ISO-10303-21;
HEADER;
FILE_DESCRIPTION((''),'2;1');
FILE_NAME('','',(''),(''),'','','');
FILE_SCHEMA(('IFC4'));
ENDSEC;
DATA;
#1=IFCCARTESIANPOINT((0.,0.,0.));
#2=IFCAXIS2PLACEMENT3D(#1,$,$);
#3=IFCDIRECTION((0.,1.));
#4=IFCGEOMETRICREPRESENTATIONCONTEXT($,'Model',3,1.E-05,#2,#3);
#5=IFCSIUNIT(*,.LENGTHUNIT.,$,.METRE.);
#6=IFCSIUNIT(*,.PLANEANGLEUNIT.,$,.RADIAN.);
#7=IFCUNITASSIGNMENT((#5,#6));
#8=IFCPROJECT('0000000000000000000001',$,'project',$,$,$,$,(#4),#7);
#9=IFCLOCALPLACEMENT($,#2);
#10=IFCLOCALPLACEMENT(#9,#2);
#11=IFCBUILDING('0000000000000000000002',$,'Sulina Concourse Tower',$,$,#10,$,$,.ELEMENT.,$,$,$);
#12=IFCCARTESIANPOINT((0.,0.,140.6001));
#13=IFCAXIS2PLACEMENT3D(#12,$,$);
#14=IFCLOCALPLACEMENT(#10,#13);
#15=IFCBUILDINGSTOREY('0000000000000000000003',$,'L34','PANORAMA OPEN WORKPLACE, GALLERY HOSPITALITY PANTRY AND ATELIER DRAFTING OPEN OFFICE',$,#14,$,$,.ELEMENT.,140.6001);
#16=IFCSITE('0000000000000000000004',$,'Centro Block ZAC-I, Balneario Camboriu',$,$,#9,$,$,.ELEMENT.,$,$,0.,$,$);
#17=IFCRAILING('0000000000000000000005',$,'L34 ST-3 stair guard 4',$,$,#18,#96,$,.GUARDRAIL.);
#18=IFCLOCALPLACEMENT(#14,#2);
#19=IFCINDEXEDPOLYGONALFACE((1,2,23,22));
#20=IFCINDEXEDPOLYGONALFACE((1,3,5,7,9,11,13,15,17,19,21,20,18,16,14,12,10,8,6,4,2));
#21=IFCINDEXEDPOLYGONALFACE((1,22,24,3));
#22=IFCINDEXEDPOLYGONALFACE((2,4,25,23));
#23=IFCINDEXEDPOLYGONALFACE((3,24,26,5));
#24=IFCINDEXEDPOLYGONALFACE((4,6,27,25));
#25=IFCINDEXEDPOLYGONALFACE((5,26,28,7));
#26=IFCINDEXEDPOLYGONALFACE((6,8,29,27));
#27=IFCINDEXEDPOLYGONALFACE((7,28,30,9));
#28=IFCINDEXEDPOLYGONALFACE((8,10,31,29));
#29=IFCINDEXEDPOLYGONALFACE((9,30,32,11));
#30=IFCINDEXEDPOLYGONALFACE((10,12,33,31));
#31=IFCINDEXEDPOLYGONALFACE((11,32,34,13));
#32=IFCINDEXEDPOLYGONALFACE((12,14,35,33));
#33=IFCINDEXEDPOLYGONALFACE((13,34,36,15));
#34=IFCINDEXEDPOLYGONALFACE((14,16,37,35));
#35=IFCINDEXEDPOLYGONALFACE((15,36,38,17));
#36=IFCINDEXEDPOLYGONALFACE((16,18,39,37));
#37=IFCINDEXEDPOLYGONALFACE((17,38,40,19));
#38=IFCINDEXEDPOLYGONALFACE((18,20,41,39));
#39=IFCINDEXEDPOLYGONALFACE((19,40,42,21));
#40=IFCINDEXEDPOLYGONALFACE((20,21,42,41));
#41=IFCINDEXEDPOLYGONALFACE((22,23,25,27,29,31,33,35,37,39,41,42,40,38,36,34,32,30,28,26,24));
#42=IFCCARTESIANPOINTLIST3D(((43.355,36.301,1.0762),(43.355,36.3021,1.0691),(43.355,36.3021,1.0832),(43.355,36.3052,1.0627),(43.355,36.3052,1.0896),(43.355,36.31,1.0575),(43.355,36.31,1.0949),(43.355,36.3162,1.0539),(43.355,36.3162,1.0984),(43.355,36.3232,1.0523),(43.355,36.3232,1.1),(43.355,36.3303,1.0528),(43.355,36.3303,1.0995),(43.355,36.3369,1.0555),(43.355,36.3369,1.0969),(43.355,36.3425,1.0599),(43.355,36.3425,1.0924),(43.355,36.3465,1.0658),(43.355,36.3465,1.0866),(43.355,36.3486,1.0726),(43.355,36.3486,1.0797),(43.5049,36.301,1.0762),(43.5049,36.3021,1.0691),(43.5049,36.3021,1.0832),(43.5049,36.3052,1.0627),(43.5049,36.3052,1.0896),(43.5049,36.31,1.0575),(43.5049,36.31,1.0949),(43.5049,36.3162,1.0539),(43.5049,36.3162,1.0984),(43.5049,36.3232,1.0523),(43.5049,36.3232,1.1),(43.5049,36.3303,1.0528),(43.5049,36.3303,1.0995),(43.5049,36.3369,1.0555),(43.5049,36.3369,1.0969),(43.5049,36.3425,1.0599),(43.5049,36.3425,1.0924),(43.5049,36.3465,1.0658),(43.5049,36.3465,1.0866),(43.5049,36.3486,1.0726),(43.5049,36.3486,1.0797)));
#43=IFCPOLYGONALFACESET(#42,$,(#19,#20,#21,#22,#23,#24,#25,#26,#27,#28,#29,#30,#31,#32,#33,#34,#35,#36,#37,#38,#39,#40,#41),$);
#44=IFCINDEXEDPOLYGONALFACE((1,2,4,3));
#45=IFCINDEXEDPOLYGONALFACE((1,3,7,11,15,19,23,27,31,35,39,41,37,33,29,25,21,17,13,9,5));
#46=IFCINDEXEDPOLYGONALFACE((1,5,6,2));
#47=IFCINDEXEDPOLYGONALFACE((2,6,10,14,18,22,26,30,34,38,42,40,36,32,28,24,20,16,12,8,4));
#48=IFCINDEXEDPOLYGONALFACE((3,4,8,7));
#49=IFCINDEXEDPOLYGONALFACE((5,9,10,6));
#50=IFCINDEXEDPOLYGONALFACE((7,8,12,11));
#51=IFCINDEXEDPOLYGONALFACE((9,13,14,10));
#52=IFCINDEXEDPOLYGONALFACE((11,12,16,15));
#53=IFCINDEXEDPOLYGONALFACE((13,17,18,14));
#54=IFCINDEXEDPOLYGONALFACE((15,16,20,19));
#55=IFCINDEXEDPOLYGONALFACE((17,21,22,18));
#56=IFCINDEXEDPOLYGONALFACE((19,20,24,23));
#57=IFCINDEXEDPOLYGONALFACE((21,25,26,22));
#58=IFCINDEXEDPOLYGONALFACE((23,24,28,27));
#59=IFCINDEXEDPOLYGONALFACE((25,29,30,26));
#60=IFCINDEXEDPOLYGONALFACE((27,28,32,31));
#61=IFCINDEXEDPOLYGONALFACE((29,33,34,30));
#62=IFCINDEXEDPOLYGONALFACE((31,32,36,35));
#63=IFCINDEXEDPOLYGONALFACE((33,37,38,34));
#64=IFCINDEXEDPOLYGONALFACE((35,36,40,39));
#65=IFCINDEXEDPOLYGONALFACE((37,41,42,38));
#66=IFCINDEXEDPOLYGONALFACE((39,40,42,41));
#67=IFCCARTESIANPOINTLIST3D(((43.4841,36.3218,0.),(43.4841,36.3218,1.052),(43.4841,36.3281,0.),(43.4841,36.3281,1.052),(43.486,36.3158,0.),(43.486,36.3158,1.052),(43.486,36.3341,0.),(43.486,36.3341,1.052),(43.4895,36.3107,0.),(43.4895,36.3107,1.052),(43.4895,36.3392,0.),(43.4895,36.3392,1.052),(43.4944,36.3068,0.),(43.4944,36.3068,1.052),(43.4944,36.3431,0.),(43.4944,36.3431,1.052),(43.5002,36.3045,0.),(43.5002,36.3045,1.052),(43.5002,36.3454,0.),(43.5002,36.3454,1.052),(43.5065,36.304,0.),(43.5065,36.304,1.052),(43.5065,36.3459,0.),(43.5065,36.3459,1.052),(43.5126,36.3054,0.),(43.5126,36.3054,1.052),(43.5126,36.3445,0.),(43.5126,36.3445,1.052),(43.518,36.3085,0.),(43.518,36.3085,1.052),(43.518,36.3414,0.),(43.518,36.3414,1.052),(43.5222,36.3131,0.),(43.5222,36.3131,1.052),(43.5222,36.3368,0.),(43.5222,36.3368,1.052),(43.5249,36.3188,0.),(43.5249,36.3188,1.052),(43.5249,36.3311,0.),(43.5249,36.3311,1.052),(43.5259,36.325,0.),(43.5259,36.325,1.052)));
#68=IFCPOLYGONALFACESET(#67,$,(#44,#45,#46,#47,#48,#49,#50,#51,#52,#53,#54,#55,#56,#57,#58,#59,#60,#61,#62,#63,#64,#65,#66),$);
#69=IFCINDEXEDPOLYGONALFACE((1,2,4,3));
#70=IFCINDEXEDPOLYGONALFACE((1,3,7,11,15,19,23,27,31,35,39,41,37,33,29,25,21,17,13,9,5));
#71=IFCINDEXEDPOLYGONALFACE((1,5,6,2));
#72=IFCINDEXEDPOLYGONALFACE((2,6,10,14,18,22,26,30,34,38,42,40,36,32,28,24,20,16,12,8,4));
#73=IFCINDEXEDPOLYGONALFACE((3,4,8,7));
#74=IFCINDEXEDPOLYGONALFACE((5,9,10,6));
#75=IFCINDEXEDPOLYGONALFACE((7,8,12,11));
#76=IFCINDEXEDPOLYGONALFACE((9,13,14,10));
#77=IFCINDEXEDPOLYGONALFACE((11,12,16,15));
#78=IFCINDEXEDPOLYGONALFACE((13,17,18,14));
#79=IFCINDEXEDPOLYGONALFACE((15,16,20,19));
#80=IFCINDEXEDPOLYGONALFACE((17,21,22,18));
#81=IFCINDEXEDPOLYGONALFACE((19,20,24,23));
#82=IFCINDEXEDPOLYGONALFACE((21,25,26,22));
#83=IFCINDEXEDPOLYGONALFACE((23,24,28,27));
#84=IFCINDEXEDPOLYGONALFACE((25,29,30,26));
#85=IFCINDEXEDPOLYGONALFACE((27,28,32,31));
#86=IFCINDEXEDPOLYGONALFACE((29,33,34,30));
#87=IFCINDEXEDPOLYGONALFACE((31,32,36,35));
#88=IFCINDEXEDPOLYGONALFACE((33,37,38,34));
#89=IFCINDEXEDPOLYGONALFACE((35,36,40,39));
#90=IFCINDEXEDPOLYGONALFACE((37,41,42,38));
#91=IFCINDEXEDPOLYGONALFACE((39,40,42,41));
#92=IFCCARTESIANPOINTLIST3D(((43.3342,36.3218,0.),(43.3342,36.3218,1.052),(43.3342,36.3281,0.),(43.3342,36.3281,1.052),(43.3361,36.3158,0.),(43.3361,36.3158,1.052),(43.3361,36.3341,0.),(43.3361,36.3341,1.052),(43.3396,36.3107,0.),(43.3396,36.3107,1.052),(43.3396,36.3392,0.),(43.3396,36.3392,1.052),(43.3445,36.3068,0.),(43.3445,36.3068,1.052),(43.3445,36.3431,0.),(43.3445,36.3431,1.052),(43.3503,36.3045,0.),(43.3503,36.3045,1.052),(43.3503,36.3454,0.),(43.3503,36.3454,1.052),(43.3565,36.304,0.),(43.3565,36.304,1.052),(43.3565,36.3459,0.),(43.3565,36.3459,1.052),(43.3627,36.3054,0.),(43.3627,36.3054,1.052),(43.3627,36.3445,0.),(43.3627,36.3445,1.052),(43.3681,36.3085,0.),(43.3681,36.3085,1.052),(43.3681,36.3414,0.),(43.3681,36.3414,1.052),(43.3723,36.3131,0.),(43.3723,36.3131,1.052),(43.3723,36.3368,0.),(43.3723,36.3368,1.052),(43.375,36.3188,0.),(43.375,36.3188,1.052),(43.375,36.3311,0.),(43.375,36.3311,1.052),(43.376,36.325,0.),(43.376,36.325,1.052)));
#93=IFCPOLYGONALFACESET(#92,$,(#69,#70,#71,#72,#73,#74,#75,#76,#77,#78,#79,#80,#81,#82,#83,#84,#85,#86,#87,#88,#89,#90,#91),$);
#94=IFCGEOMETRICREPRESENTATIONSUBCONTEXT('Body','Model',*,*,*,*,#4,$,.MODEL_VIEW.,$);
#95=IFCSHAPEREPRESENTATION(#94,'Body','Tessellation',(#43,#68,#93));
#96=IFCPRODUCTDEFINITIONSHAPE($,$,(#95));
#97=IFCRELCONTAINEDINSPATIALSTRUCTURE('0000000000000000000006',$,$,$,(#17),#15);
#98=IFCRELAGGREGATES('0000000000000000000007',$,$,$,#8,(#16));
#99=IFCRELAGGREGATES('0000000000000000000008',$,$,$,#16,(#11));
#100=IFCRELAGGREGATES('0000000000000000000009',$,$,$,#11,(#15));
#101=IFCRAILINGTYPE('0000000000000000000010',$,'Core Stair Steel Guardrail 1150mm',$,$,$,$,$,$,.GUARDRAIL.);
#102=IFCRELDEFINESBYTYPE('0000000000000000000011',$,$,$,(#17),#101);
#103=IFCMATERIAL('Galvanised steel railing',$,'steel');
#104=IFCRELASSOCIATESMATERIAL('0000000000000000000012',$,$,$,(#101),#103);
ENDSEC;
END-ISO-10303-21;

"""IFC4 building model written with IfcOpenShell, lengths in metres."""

from ifc_helpers import new_model, si_unit, direction, frame, origin, origin_2d, place, context, subcontext, project, spatial, circle, extrude, material, type_object, element, save


model = new_model("IFC4")

# Units and contexts
model_context = context("Model", 3, precision=1e-05, world=origin(), true_north=direction((0.0, 1.0)))
body_context = subcontext(model_context, "Body", "Model", "MODEL_VIEW")
ifc_project = project(units=[si_unit("LENGTHUNIT", "METRE"), si_unit("PLANEANGLEUNIT", "RADIAN")], contexts=[model_context])

# Site, building, storey
site_placement = place(None, origin())
site = spatial("IfcSite", under=ifc_project, at=site_placement, Name="Centro Block ZAC-I, Balneario Camboriu", CompositionType="ELEMENT", RefElevation=0.0)
building_placement = place(site_placement, origin())
building = spatial("IfcBuilding", under=site, at=building_placement, Name="Sulina Concourse Tower", CompositionType="ELEMENT")
storey_placement = place(building_placement, frame((0.0, 0.0, 140.6001)))
storey = spatial("IfcBuildingStorey", under=building, at=storey_placement, Name="L34", Description="PANORAMA OPEN WORKPLACE, GALLERY HOSPITALITY PANTRY AND ATELIER DRAFTING OPEN OFFICE", CompositionType="ELEMENT", Elevation=140.6001)

# Railing
ifc_material_1 = material(Name="Galvanised steel railing", Category="steel")
railing_type_1 = type_object("IfcRailingType", Name="Core Stair Steel Guardrail 1150mm", PredefinedType="GUARDRAIL", material=ifc_material_1)
railing_1_placement = place(storey_placement, frame((43.5049, 36.325, 0.0)))
element("IfcRailing", 1, at=railing_1_placement, inside=storey, type_object=railing_type_1, Name="L34 ST-3 stair guard 4", PredefinedType="GUARDRAIL", context=body_context, shape_type="SweptSolid", body=[
    extrude(circle(Radius=0.0239, at=origin_2d()), frame((0.0, 0.0, 1.0762), z_axis=(-1.0, 0.0, 0.0), x_axis=(0.0, -1.0, 0.0)), (0.0, 0.0, 1.0), 0.1499),
    extrude(circle(Radius=0.021, at=origin_2d()), origin(), (0.0, 0.0, 1.0), 1.052),
    extrude(circle(Radius=0.021, at=origin_2d()), frame((-0.1499, 0.0, 0.0)), (0.0, 0.0, 1.0), 1.052),
])

save(model, "model.ifc")
